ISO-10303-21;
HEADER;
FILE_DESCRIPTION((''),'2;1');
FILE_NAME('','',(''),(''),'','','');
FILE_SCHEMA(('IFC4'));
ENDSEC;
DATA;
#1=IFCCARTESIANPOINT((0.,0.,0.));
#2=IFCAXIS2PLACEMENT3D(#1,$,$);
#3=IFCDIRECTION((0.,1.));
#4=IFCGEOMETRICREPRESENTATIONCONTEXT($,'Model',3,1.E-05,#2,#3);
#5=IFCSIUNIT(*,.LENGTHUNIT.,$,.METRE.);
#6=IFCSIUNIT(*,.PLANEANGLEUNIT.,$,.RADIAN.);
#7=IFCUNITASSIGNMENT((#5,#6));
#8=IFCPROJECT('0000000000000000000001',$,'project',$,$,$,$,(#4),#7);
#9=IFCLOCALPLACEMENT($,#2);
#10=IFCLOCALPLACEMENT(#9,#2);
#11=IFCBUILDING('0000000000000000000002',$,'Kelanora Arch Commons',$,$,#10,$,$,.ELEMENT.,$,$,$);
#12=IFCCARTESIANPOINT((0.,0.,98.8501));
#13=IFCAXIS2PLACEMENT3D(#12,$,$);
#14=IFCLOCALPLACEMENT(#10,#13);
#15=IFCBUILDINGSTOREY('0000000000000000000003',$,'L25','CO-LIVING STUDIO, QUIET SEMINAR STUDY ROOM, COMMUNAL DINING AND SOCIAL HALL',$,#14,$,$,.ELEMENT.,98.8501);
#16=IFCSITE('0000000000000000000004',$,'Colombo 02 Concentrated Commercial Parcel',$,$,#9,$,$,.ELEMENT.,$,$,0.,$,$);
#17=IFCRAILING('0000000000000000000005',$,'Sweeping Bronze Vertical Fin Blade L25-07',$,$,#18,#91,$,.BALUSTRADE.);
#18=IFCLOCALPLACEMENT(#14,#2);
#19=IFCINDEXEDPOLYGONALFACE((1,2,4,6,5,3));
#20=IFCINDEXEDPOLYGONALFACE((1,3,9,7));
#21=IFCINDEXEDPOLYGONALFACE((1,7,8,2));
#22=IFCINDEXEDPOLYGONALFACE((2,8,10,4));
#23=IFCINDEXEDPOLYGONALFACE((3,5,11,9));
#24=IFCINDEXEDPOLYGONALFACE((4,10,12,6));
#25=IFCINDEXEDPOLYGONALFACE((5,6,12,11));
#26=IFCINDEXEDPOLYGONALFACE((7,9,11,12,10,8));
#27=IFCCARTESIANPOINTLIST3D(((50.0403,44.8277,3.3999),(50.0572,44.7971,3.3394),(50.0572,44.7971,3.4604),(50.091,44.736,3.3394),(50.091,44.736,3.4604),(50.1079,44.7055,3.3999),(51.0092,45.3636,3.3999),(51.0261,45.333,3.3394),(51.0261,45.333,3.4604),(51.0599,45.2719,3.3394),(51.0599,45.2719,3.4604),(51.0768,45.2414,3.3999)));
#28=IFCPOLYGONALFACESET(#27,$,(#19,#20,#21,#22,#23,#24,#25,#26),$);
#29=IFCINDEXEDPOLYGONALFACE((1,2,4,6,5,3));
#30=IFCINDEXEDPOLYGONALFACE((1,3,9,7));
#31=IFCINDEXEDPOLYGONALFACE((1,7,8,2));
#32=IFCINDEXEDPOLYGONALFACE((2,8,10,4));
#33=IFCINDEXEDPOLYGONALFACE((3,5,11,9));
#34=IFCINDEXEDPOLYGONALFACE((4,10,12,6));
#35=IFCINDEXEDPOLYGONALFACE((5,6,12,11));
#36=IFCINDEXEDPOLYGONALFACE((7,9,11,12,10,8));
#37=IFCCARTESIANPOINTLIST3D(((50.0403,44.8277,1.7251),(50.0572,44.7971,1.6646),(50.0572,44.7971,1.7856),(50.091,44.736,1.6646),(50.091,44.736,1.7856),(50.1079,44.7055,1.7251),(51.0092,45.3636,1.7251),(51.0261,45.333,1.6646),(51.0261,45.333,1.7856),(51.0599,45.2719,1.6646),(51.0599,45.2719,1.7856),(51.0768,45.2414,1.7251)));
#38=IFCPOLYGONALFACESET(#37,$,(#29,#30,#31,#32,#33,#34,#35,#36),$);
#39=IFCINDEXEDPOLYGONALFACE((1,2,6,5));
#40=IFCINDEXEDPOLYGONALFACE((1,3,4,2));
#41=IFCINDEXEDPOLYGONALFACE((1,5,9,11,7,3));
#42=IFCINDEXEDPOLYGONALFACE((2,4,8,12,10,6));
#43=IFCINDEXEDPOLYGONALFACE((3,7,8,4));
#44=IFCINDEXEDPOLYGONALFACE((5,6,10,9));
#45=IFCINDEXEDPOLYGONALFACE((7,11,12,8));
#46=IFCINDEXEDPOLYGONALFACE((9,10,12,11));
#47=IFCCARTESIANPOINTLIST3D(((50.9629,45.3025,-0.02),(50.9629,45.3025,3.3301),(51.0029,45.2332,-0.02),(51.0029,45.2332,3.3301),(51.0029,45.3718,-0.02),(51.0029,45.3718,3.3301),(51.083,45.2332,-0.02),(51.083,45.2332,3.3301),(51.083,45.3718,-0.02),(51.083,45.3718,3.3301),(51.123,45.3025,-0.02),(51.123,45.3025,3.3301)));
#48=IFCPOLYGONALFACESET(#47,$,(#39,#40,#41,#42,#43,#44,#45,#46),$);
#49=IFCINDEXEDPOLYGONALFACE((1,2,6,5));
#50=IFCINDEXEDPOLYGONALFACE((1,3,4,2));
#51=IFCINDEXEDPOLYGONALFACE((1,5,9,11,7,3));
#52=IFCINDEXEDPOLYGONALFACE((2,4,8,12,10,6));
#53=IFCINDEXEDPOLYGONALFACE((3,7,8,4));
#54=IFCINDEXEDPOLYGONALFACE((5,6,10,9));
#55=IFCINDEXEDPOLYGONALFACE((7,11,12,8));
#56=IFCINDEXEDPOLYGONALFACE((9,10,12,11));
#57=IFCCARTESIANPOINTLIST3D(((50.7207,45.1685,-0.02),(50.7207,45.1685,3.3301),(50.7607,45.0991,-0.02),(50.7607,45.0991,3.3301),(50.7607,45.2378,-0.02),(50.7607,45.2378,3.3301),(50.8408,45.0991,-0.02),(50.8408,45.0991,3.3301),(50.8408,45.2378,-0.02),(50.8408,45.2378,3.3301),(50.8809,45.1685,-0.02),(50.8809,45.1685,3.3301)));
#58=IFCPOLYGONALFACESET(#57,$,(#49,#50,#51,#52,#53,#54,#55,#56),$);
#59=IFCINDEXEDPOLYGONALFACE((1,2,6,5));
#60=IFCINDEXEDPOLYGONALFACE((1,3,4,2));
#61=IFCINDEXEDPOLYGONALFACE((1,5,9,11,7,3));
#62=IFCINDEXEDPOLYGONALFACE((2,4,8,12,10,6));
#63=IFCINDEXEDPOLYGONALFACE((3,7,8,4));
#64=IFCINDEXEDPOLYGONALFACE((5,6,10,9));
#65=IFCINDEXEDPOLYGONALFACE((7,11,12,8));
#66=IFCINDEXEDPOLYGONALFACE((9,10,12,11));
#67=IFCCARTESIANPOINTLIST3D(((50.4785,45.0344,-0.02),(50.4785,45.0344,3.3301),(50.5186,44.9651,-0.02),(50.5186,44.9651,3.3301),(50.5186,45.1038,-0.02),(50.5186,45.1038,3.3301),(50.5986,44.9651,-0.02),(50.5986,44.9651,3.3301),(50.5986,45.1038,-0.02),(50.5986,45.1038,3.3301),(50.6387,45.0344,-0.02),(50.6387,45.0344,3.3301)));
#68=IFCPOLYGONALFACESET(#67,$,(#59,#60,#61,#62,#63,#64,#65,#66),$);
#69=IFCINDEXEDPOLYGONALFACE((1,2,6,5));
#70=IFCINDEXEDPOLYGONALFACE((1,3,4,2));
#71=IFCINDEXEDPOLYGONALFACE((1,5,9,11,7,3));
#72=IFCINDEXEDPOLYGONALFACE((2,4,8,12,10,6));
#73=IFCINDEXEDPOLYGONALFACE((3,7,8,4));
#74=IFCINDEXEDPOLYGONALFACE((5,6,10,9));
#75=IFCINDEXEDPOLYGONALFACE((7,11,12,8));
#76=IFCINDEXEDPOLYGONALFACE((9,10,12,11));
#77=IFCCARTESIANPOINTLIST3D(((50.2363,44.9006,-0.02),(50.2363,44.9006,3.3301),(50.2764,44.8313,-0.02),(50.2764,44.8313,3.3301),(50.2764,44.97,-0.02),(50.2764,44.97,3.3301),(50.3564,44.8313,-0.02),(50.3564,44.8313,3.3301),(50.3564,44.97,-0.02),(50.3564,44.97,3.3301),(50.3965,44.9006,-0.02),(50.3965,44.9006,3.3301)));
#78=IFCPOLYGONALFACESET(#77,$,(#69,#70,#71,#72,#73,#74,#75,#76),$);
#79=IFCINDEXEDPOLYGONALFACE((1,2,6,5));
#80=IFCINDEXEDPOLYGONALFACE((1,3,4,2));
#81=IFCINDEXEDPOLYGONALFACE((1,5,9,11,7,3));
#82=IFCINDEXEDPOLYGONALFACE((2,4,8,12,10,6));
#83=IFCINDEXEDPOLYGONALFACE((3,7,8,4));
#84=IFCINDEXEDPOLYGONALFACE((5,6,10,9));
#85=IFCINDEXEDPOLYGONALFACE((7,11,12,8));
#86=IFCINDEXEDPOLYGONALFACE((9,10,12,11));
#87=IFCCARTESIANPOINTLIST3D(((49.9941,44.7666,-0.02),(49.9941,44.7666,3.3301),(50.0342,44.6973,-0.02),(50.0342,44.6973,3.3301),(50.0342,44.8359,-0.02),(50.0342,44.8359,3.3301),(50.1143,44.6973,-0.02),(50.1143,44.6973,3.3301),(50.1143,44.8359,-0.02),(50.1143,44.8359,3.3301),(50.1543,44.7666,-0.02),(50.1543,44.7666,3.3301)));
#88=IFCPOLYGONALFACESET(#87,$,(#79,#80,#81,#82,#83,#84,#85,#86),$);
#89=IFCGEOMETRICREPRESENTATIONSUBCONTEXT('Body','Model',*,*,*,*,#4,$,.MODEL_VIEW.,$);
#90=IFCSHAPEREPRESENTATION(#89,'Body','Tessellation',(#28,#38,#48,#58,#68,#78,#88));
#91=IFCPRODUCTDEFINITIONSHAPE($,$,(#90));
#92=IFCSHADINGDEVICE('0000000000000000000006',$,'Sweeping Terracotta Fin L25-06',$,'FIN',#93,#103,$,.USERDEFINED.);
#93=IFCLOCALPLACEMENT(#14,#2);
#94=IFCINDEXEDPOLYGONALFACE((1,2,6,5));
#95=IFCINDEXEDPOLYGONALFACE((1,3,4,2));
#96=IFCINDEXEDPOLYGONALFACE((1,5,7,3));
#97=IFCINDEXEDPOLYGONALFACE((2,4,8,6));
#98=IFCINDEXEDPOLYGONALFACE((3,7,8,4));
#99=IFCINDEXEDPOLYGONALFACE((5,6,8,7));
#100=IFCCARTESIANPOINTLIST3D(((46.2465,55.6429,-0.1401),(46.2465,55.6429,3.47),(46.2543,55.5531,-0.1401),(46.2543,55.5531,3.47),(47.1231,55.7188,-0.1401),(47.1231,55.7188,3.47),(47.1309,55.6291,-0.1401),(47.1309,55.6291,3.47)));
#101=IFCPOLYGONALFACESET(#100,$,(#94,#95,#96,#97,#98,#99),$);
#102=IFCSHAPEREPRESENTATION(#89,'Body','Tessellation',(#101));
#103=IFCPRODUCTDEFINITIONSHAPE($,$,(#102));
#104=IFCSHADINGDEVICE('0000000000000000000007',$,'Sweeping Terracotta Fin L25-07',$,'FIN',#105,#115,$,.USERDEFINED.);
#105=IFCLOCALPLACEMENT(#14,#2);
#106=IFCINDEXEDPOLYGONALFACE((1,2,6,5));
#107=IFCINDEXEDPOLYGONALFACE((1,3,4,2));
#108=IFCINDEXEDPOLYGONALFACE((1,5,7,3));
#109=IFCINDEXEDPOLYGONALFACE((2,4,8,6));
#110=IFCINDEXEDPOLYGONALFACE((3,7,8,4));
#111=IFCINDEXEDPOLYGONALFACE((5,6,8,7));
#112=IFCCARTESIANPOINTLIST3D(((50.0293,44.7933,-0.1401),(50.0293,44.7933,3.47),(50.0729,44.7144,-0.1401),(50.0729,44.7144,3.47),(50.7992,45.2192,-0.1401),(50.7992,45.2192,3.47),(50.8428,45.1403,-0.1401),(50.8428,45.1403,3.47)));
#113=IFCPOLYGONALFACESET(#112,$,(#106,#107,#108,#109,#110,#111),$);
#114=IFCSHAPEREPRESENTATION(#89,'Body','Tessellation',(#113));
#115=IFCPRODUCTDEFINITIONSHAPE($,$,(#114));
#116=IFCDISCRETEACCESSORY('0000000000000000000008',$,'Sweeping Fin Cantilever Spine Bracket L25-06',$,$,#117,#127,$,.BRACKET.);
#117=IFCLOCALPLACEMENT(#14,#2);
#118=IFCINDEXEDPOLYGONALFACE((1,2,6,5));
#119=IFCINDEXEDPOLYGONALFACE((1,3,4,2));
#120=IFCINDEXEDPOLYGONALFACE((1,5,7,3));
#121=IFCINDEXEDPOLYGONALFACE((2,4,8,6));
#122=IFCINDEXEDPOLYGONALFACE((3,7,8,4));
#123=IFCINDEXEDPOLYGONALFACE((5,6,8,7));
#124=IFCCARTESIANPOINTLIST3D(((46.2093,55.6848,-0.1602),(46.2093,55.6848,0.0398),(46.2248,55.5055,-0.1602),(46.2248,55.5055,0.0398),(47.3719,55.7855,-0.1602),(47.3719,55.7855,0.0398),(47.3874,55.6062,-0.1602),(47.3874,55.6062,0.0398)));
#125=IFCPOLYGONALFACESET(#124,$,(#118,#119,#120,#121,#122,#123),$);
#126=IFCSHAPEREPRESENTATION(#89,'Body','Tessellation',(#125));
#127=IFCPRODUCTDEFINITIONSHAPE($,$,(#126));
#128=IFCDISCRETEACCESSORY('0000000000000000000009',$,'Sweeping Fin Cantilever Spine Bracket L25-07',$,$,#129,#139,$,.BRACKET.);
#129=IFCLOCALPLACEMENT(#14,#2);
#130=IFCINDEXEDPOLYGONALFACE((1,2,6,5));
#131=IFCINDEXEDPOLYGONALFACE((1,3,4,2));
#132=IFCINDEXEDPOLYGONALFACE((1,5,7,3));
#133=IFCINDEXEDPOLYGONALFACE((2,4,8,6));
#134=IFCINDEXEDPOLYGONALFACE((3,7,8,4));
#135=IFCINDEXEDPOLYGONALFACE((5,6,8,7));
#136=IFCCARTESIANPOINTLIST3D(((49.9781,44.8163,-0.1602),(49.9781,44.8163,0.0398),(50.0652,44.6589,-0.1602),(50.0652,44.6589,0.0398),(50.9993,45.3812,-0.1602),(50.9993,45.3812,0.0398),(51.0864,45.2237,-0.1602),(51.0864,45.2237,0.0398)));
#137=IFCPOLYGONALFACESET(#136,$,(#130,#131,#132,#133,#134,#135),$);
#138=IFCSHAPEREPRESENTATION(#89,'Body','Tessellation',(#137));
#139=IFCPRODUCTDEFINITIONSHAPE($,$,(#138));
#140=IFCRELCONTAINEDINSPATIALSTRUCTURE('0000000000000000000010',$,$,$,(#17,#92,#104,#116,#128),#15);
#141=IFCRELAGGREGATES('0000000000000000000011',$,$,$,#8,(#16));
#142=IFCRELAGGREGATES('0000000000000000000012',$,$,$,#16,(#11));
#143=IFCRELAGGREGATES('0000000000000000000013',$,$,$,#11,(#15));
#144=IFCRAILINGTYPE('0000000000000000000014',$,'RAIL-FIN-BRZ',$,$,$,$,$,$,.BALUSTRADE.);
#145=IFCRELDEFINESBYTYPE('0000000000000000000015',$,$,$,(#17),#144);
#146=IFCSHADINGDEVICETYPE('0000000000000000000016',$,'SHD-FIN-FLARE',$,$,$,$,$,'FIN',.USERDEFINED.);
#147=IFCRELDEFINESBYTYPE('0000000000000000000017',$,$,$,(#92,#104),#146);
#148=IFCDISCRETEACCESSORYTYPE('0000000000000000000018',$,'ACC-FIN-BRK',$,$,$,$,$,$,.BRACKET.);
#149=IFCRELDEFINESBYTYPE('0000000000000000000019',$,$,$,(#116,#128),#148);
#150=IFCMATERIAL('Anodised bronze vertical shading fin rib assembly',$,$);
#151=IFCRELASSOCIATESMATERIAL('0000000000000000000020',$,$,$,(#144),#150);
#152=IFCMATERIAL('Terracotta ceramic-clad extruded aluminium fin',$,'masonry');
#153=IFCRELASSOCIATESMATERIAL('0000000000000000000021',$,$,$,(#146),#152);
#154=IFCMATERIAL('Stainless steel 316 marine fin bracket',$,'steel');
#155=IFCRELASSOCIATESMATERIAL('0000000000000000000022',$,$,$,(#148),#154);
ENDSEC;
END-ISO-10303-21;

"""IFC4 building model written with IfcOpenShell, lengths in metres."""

from ifc_helpers import new_model, si_unit, direction, frame, origin, origin_2d, place, context, subcontext, project, spatial, polyline, rectangle, outline, extrude, source, transform, mapped, material, type_object, element, save


model = new_model("IFC4")

# Units and contexts
model_context = context("Model", 3, precision=1e-05, world=origin(), true_north=direction((0.0, 1.0)))
body_context = subcontext(model_context, "Body", "Model", "MODEL_VIEW")
ifc_project = project(units=[si_unit("LENGTHUNIT", "METRE"), si_unit("PLANEANGLEUNIT", "RADIAN")], contexts=[model_context])

# Site, building, storey
site_placement = place(None, origin())
site = spatial("IfcSite", under=ifc_project, at=site_placement, Name="Colombo 02 Concentrated Commercial Parcel", CompositionType="ELEMENT", RefElevation=0.0)
building_placement = place(site_placement, origin())
building = spatial("IfcBuilding", under=site, at=building_placement, Name="Kelanora Arch Commons", CompositionType="ELEMENT")
storey_placement = place(building_placement, frame((0.0, 0.0, 98.8501)))
storey = spatial("IfcBuildingStorey", under=building, at=storey_placement, Name="L25", Description="CO-LIVING STUDIO, QUIET SEMINAR STUDY ROOM, COMMUNAL DINING AND SOCIAL HALL", CompositionType="ELEMENT", Elevation=98.8501)

# Railing
ifc_material_1 = material(Name="Anodised bronze vertical shading fin rib assembly")
railing_type = type_object("IfcRailingType", Name="RAIL-FIN-BRZ", PredefinedType="BALUSTRADE", material=ifc_material_1)
railing_1_placement = place(storey_placement, frame((51.043, 45.3025, -0.02)))
element("IfcRailing", 1, at=railing_1_placement, inside=storey, type_object=railing_type, Name="Sweeping Bronze Vertical Fin Blade L25-07", PredefinedType="BALUSTRADE", context=body_context, shape_type="SweptSolid", body=[
    extrude(outline(polyline([(0.0698, 0.0), (0.0349, 0.0605), (-0.0349, 0.0605), (-0.0698, 0.0), (-0.0349, -0.0605), (0.0349, -0.0605), (0.0698, 0.0)])), frame((0.0, 0.0, 3.4199), z_axis=(-0.87504, -0.484051, 0.0), x_axis=(0.484051, -0.87504, 0.0)), (0.0, 0.0, 1.0), 1.1072),
    extrude(outline(polyline([(0.0698, 0.0), (0.0349, 0.0605), (-0.0349, 0.0605), (-0.0698, 0.0), (-0.0349, -0.0605), (0.0349, -0.0605), (0.0698, 0.0)])), frame((0.0, 0.0, 1.7451), z_axis=(-0.87504, -0.484051, 0.0), x_axis=(0.484051, -0.87504, 0.0)), (0.0, 0.0, 1.0), 1.1072),
    extrude(outline(polyline([(0.0801, 0.0), (0.04, 0.0693), (-0.04, 0.0693), (-0.0801, 0.0), (-0.04, -0.0693), (0.04, -0.0693), (0.0801, 0.0)])), origin(), (0.0, 0.0, 1.0), 3.3501),
    extrude(outline(polyline([(0.0801, 0.0), (0.04, 0.0693), (-0.04, 0.0693), (-0.0801, 0.0), (-0.04, -0.0693), (0.04, -0.0693), (0.0801, 0.0)])), frame((-0.2422, -0.134, 0.0)), (0.0, 0.0, 1.0), 3.3501),
    extrude(outline(polyline([(0.0801, 0.0), (0.04, 0.0693), (-0.04, 0.0693), (-0.0801, 0.0), (-0.04, -0.0693), (0.04, -0.0693), (0.0801, 0.0)])), frame((-0.4844, -0.2681, 0.0)), (0.0, 0.0, 1.0), 3.3501),
    extrude(outline(polyline([(0.0801, 0.0), (0.04, 0.0693), (-0.04, 0.0693), (-0.0801, 0.0), (-0.04, -0.0693), (0.04, -0.0693), (0.0801, 0.0)])), frame((-0.7266, -0.4019, 0.0)), (0.0, 0.0, 1.0), 3.3501),
    extrude(outline(polyline([(0.0801, 0.0), (0.04, 0.0693), (-0.04, 0.0693), (-0.0801, 0.0), (-0.04, -0.0693), (0.04, -0.0693), (0.0801, 0.0)])), frame((-0.9688, -0.5359, 0.0)), (0.0, 0.0, 1.0), 3.3501),
])

# Shading devices
ifc_material_2 = material(Name="Terracotta ceramic-clad extruded aluminium fin", Category="masonry")
shading_device_type = type_object("IfcShadingDeviceType", Name="SHD-FIN-FLARE", ElementType="FIN", PredefinedType="USERDEFINED", material=ifc_material_2)
shared_shape_1 = source(origin(), body_context, "Body", "SweptSolid", [
    extrude(rectangle(XDim=0.8799, YDim=0.0901, at=origin_2d()), origin(), (0.0, 0.0, 1.0), 3.6101),
])
for number, where, z_axis, x_axis, name in (
    (2, (46.6887, 55.636, -0.1401), (0.0, 0.0, 1.0), (-0.99627, -0.086286, 0.0), "Sweeping Terracotta Fin L25-06"),
    (3, (50.436, 44.9668, -0.1401), (0.0, 0.0, 1.0), (-0.875042, -0.484046, 0.0), "Sweeping Terracotta Fin L25-07"),
):
    element("IfcShadingDevice", number, at=place(storey_placement, frame(where, z_axis=z_axis, x_axis=x_axis)), inside=storey, type_object=shading_device_type, Name=name, ObjectType="FIN", PredefinedType="USERDEFINED", context=body_context, shape_type="MappedRepresentation", body=[
        mapped(shared_shape_1, transform((0.0, 0.0, 0.0), scale=1.0)),
    ])

# Discrete accessories
ifc_material_3 = material(Name="Stainless steel 316 marine fin bracket", Category="steel")
discrete_accessory_type = type_object("IfcDiscreteAccessoryType", Name="ACC-FIN-BRK", PredefinedType="BRACKET", material=ifc_material_3)
shared_shape_2 = source(origin(), body_context, "Body", "SweptSolid", [
    extrude(rectangle(XDim=1.167, YDim=0.1799, at=origin_2d()), origin(), (0.0, 0.0, 1.0), 0.2),
])
for number, where, z_axis, x_axis, name in (
    (4, (46.7983, 55.6455, -0.1602), (0.0, 0.0, 1.0), (-0.99627, -0.086286, 0.0), "Sweeping Fin Cantilever Spine Bracket L25-06"),
    (5, (50.5322, 45.02, -0.1602), (0.0, 0.0, 1.0), (-0.875042, -0.484046, 0.0), "Sweeping Fin Cantilever Spine Bracket L25-07"),
):
    element("IfcDiscreteAccessory", number, at=place(storey_placement, frame(where, z_axis=z_axis, x_axis=x_axis)), inside=storey, type_object=discrete_accessory_type, Name=name, PredefinedType="BRACKET", context=body_context, shape_type="MappedRepresentation", body=[
        mapped(shared_shape_2, transform((0.0, 0.0, 0.0), scale=1.0)),
    ])

save(model, "model.ifc")
